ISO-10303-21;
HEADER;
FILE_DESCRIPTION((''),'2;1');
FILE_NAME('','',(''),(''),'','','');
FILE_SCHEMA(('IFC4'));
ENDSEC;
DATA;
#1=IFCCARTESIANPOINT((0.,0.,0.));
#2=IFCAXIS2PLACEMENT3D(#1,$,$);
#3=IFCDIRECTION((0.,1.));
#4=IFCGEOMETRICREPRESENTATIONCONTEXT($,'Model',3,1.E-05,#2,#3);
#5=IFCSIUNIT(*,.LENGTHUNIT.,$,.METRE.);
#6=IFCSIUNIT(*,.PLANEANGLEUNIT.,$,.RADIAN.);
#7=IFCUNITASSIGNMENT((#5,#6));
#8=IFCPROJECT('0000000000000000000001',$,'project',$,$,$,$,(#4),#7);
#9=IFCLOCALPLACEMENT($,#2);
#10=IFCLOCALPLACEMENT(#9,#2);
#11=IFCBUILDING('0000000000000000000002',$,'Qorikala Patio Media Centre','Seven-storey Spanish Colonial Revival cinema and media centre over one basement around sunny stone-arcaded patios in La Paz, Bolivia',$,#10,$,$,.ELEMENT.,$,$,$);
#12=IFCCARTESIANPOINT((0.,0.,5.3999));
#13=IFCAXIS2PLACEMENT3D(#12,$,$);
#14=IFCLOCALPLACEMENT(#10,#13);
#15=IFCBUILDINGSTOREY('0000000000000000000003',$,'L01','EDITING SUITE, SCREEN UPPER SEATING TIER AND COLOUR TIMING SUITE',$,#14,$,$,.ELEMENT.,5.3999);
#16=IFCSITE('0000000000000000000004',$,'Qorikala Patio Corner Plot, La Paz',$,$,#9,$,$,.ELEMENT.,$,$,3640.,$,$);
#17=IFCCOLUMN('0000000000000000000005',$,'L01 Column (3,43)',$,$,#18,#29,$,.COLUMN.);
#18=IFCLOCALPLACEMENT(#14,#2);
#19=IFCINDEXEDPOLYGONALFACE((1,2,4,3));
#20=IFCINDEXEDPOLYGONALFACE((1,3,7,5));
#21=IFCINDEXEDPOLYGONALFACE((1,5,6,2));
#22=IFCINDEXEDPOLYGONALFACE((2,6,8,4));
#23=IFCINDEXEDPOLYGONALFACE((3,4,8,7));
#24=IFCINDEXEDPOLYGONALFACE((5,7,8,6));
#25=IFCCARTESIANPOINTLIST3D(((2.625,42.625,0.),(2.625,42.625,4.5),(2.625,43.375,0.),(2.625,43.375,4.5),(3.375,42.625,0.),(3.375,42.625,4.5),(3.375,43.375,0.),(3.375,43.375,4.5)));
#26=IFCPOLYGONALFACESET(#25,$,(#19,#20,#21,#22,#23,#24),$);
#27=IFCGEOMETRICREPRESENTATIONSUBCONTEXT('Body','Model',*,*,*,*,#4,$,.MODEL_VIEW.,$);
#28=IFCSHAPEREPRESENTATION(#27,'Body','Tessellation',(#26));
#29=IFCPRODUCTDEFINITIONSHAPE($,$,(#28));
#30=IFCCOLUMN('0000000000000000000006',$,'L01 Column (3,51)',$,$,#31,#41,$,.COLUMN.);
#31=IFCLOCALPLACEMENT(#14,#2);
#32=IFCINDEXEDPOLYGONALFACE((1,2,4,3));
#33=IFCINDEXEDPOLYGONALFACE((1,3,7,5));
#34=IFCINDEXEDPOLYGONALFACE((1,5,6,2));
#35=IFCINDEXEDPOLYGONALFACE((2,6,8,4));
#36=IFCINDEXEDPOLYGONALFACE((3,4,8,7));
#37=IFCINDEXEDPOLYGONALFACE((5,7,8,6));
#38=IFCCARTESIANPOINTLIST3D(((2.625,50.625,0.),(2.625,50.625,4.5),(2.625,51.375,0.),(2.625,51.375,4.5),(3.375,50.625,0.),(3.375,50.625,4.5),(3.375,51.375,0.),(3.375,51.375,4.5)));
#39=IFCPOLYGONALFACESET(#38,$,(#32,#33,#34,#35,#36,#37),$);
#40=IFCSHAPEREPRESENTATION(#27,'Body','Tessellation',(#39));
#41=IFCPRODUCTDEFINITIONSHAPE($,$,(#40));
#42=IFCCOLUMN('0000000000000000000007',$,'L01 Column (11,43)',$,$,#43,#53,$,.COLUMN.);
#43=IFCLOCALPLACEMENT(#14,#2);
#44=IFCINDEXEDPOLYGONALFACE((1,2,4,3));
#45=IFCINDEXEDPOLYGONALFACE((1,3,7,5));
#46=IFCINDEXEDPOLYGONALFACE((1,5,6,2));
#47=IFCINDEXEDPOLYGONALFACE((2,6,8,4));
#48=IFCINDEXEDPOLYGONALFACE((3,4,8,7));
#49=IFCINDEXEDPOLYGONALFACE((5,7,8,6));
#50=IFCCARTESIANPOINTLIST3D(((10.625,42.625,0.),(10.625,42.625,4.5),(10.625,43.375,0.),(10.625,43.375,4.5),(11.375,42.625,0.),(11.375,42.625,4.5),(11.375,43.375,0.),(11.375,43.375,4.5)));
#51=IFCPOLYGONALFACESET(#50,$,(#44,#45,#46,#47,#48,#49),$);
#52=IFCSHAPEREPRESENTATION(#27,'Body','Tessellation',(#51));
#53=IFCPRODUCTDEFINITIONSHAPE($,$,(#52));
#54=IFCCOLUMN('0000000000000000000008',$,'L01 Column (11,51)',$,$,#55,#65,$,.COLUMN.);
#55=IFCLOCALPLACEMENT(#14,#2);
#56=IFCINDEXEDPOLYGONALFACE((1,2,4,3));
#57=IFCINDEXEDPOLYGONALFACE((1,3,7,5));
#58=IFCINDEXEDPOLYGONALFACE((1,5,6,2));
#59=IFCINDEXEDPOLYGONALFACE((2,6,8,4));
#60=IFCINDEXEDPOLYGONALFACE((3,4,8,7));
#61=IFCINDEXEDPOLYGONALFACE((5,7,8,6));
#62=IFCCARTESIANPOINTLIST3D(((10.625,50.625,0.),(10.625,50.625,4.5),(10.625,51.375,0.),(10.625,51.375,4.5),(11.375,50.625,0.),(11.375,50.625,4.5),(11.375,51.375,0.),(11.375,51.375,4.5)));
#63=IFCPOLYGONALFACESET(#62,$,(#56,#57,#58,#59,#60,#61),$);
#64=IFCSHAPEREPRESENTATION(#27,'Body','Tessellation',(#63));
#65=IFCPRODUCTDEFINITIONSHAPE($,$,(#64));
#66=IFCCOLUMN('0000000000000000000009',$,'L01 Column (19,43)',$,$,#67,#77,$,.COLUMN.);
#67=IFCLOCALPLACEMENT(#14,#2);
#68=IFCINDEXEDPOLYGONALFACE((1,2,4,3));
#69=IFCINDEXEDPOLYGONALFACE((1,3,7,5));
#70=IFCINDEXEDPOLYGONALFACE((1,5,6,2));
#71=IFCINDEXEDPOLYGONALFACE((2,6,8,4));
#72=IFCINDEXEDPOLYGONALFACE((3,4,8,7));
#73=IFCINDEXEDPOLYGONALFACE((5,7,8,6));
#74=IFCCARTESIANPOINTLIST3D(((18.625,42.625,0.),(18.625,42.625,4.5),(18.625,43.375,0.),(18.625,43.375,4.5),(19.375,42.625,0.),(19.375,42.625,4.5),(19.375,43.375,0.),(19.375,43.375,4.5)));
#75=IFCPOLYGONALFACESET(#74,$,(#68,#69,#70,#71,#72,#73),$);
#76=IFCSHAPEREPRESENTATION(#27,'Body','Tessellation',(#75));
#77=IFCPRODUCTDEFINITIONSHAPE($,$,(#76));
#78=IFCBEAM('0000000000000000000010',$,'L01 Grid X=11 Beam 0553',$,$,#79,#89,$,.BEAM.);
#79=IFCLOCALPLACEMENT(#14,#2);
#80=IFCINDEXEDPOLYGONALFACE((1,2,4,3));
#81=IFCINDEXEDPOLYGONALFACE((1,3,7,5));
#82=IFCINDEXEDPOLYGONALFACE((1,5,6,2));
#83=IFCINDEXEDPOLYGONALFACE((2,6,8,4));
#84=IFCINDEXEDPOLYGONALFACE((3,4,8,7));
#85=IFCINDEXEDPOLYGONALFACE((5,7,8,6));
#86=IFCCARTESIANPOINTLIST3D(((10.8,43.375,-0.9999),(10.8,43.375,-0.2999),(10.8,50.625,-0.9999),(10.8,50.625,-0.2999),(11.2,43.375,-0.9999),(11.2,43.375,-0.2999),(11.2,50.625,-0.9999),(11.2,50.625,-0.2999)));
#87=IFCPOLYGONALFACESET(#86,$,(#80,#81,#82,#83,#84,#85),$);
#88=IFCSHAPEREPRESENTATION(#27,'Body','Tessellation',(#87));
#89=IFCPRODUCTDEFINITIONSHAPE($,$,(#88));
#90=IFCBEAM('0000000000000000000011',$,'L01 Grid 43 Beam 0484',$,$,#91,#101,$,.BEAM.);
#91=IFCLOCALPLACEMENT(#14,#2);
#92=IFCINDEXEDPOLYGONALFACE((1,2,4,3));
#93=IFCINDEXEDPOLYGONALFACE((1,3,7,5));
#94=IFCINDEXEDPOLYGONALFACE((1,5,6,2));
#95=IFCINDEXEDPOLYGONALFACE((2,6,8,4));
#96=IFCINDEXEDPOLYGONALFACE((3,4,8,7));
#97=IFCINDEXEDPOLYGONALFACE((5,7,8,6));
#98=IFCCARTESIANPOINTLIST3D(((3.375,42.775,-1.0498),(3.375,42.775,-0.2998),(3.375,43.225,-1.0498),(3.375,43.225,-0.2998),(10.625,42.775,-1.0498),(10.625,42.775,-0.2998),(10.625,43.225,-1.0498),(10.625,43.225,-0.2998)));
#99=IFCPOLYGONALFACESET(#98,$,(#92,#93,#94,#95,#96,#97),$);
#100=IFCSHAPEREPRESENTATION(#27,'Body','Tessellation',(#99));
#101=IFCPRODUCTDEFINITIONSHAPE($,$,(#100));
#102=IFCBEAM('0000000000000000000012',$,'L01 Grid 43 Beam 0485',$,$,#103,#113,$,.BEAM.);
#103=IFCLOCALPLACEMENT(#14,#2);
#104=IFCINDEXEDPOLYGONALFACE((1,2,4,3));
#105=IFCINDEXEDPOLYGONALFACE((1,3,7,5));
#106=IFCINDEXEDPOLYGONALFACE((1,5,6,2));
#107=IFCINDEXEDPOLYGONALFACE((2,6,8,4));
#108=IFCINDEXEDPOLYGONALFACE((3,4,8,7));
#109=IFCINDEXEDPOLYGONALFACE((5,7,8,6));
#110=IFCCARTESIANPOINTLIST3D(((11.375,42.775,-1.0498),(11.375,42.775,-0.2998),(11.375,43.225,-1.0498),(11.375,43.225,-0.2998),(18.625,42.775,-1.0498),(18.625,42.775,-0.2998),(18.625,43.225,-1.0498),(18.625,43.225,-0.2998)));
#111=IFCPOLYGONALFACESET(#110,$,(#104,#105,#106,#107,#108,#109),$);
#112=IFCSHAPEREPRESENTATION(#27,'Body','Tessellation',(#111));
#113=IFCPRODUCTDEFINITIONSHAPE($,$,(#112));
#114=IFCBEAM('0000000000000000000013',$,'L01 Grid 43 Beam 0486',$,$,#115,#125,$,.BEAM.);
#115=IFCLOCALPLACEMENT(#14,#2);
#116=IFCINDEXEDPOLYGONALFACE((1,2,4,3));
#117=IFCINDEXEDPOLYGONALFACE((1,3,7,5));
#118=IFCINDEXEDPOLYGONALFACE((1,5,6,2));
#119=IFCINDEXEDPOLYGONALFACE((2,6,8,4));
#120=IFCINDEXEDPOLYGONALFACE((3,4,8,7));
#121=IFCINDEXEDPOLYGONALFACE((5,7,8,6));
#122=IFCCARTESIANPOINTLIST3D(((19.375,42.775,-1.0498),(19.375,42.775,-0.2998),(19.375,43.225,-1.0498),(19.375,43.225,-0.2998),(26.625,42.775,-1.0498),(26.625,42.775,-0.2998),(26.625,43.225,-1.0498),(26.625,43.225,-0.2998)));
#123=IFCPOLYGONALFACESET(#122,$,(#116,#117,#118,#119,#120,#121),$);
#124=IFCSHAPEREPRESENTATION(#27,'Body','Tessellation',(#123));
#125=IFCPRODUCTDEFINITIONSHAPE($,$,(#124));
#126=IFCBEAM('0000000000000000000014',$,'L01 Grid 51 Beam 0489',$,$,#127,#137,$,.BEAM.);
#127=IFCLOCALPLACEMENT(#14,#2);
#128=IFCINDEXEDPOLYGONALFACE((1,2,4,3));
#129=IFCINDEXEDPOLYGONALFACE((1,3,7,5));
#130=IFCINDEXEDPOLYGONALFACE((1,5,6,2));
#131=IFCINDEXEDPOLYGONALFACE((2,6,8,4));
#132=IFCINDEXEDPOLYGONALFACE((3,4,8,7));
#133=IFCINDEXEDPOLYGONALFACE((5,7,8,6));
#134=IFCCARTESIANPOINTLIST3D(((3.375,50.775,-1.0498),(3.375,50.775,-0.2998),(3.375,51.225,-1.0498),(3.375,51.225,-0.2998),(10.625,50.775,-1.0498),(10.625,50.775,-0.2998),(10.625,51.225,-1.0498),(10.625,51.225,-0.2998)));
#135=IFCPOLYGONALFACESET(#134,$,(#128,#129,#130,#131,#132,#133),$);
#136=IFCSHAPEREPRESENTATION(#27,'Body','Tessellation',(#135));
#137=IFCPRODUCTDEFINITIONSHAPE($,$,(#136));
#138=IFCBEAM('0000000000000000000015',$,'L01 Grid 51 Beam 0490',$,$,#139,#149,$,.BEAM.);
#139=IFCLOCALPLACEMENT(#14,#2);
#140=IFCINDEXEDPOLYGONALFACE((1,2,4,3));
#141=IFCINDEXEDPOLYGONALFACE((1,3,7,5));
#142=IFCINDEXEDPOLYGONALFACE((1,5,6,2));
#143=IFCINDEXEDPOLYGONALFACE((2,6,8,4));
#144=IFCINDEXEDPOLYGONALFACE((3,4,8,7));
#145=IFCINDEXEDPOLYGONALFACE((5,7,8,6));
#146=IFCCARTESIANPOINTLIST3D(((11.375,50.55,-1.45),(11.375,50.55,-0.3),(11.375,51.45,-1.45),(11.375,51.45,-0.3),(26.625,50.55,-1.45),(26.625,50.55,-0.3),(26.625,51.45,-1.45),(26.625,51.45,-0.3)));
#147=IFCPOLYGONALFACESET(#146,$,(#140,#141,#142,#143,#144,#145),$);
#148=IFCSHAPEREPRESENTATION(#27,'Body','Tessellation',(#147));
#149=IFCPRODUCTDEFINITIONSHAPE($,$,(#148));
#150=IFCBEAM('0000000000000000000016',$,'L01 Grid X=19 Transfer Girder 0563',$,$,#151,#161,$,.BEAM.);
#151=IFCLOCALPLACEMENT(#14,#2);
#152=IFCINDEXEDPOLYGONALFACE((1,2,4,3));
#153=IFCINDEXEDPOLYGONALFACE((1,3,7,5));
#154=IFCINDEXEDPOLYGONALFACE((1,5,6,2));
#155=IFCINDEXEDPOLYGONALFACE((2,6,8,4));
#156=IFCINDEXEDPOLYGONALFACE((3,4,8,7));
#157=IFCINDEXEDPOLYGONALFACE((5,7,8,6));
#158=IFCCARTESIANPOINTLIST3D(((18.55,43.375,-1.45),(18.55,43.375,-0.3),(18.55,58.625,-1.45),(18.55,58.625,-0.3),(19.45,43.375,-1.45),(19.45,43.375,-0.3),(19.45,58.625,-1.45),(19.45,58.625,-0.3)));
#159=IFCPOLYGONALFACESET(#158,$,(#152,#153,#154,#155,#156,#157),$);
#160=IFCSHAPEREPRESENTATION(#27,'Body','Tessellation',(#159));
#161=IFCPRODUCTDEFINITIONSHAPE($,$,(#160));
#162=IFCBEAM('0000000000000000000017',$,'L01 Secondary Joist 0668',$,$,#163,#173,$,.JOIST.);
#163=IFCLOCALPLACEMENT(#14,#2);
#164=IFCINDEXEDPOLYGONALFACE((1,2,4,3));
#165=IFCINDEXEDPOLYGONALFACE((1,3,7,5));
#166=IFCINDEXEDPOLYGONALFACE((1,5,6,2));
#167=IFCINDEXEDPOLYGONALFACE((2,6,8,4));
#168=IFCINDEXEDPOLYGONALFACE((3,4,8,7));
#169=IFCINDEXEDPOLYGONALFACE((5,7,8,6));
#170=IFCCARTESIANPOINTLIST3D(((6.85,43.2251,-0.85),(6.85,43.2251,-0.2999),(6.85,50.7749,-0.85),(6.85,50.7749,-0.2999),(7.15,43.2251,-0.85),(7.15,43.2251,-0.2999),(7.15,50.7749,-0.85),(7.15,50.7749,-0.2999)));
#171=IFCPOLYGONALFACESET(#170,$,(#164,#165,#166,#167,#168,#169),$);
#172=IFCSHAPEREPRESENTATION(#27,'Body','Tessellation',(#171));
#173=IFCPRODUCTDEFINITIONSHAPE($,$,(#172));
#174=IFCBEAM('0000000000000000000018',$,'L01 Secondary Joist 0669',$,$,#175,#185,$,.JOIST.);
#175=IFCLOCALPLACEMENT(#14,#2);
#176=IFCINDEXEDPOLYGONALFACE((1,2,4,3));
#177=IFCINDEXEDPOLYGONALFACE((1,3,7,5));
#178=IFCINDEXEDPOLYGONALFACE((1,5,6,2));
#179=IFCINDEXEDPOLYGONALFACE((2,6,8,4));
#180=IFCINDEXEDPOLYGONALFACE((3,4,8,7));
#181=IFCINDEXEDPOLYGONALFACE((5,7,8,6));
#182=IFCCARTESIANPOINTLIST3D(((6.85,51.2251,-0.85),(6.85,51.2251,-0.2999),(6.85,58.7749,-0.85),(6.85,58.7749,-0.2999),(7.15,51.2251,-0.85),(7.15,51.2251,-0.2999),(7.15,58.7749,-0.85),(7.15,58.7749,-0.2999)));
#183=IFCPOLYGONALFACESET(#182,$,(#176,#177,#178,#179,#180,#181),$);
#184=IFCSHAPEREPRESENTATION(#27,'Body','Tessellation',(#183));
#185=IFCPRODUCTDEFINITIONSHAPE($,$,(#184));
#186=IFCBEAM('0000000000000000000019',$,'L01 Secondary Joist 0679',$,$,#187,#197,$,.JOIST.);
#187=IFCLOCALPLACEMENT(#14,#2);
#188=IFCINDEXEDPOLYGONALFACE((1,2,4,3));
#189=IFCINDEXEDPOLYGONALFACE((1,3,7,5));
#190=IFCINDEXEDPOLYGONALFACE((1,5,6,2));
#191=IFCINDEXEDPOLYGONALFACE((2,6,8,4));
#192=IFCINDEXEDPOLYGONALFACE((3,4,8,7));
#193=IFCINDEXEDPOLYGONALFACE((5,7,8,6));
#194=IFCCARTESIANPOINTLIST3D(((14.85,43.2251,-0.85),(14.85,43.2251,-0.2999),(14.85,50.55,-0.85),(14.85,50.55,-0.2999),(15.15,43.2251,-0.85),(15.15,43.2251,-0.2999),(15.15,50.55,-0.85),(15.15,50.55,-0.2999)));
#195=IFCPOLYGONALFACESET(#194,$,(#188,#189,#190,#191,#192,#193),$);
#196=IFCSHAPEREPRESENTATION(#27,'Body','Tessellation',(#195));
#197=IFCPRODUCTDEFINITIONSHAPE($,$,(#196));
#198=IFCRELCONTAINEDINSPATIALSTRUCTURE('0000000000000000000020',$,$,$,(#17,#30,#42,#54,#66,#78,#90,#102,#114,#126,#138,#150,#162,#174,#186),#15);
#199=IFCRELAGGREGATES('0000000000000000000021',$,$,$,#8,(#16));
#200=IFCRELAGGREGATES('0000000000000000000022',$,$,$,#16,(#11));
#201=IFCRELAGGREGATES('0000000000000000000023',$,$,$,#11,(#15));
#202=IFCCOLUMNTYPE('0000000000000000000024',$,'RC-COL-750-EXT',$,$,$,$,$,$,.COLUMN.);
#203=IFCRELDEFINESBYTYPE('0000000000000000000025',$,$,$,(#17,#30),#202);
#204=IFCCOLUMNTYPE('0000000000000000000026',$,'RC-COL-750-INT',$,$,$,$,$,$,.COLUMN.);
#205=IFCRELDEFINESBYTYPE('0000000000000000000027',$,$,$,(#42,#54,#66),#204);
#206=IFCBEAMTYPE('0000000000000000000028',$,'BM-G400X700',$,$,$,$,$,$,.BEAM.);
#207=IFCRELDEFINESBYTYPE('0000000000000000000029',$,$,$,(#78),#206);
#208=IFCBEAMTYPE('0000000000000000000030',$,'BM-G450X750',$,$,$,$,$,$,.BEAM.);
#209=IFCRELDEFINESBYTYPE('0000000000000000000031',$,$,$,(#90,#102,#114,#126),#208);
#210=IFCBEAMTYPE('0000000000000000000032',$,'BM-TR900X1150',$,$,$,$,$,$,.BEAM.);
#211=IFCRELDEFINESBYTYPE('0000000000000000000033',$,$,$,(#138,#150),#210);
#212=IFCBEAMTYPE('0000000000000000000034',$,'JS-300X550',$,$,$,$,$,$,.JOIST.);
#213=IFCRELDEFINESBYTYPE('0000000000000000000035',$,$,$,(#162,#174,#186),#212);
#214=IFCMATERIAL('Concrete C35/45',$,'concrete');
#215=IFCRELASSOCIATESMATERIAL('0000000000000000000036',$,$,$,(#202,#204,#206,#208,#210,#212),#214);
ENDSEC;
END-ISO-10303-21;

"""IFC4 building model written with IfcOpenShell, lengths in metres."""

from ifc_helpers import new_model, si_unit, direction, frame, origin, origin_2d, place, context, subcontext, project, spatial, rectangle, extrude, material, material_profile, profile_set, type_object, element, save


model = new_model("IFC4")

# Units and contexts
model_context = context("Model", 3, precision=1e-05, world=origin(), true_north=direction((0.0, 1.0)))
body_context = subcontext(model_context, "Body", "Model", "MODEL_VIEW")
ifc_project = project(units=[si_unit("LENGTHUNIT", "METRE"), si_unit("PLANEANGLEUNIT", "RADIAN")], contexts=[model_context])

# Site, building, storey
site_placement = place(None, origin())
site = spatial("IfcSite", under=ifc_project, at=site_placement, Name="Qorikala Patio Corner Plot, La Paz", CompositionType="ELEMENT", RefElevation=3640.0)
building_placement = place(site_placement, origin())
building = spatial("IfcBuilding", under=site, at=building_placement, Name="Qorikala Patio Media Centre", Description="Seven-storey Spanish Colonial Revival cinema and media centre over one basement around sunny stone-arcaded patios in La Paz, Bolivia", CompositionType="ELEMENT")
storey_placement = place(building_placement, frame((0.0, 0.0, 5.3999)))
storey = spatial("IfcBuildingStorey", under=building, at=storey_placement, Name="L01", Description="EDITING SUITE, SCREEN UPPER SEATING TIER AND COLOUR TIMING SUITE", CompositionType="ELEMENT", Elevation=5.3999)

# Columns
ifc_material_1 = material(Name="Concrete C35/45", Category="concrete")
ifc_material_profile_1 = material_profile(ifc_material_1, rectangle(XDim=0.75, YDim=0.75, at=origin_2d()), Name="RC 750x750")
ifc_profile_set_1 = profile_set([ifc_material_profile_1], Name="Concrete C35/45")
column_type_1 = type_object("IfcColumnType", Name="RC-COL-750-EXT", PredefinedType="COLUMN", material=ifc_profile_set_1)
for number, where, z_axis, x_axis, name in (
    (1, (3.0, 43.0, 0.0), (0.0, 0.0, 1.0), (1.0, 0.0, 0.0), "L01 Column (3,43)"),
    (2, (3.0, 51.0, 0.0), (0.0, 0.0, 1.0), (1.0, 0.0, 0.0), "L01 Column (3,51)"),
):
    element("IfcColumn", number, at=place(storey_placement, frame(where, z_axis=z_axis, x_axis=x_axis)), inside=storey, type_object=column_type_1, Name=name, PredefinedType="COLUMN", context=body_context, shape_type="SweptSolid", body=[
        extrude(rectangle(XDim=0.75, YDim=0.75, at=origin_2d()), origin(), (0.0, 0.0, 1.0), 4.5),
    ])
ifc_material_profile_2 = material_profile(ifc_material_1, rectangle(XDim=0.75, YDim=0.75, at=origin_2d()), Name="RC 750x750")
ifc_profile_set_2 = profile_set([ifc_material_profile_2], Name="Concrete C35/45")
column_type_2 = type_object("IfcColumnType", Name="RC-COL-750-INT", PredefinedType="COLUMN", material=ifc_profile_set_2)
for number, where, z_axis, x_axis, name in (
    (3, (11.0, 43.0, 0.0), (0.0, 0.0, 1.0), (1.0, 0.0, 0.0), "L01 Column (11,43)"),
    (4, (11.0, 51.0, 0.0), (0.0, 0.0, 1.0), (1.0, 0.0, 0.0), "L01 Column (11,51)"),
    (5, (19.0, 43.0, 0.0), (0.0, 0.0, 1.0), (1.0, 0.0, 0.0), "L01 Column (19,43)"),
):
    element("IfcColumn", number, at=place(storey_placement, frame(where, z_axis=z_axis, x_axis=x_axis)), inside=storey, type_object=column_type_2, Name=name, PredefinedType="COLUMN", context=body_context, shape_type="SweptSolid", body=[
        extrude(rectangle(XDim=0.75, YDim=0.75, at=origin_2d()), origin(), (0.0, 0.0, 1.0), 4.5),
    ])

# Beams
ifc_material_profile_3 = material_profile(ifc_material_1, rectangle(XDim=0.3999, YDim=0.7, at=origin_2d()), Name="RC 400x700")
ifc_profile_set_3 = profile_set([ifc_material_profile_3], Name="Concrete C35/45")
beam_type_1 = type_object("IfcBeamType", Name="BM-G400X700", PredefinedType="BEAM", material=ifc_profile_set_3)
beam_1_placement = place(storey_placement, frame((11.0, 43.375, -0.6499), z_axis=(0.0, 1.0, 0.0), x_axis=(-1.0, 0.0, 0.0)))
element("IfcBeam", 6, at=beam_1_placement, inside=storey, type_object=beam_type_1, Name="L01 Grid X=11 Beam 0553", PredefinedType="BEAM", context=body_context, shape_type="SweptSolid", body=[
    extrude(rectangle(XDim=0.3999, YDim=0.7, at=origin_2d()), origin(), (0.0, 0.0, 1.0), 7.25),
])
ifc_material_profile_4 = material_profile(ifc_material_1, rectangle(XDim=0.45, YDim=0.75, at=origin_2d()), Name="RC 450x750")
ifc_profile_set_4 = profile_set([ifc_material_profile_4], Name="Concrete C35/45")
beam_type_2 = type_object("IfcBeamType", Name="BM-G450X750", PredefinedType="BEAM", material=ifc_profile_set_4)
for number, where, z_axis, x_axis, name in (
    (7, (3.375, 43.0, -0.6748), (1.0, 0.0, 0.0), (0.0, 1.0, 0.0), "L01 Grid 43 Beam 0484"),
    (8, (11.375, 43.0, -0.6748), (1.0, 0.0, 0.0), (0.0, 1.0, 0.0), "L01 Grid 43 Beam 0485"),
    (9, (19.375, 43.0, -0.6748), (1.0, 0.0, 0.0), (0.0, 1.0, 0.0), "L01 Grid 43 Beam 0486"),
    (10, (3.375, 51.0, -0.6748), (1.0, 0.0, 0.0), (0.0, 1.0, 0.0), "L01 Grid 51 Beam 0489"),
):
    element("IfcBeam", number, at=place(storey_placement, frame(where, z_axis=z_axis, x_axis=x_axis)), inside=storey, type_object=beam_type_2, Name=name, PredefinedType="BEAM", context=body_context, shape_type="SweptSolid", body=[
        extrude(rectangle(XDim=0.45, YDim=0.75, at=origin_2d()), origin(), (0.0, 0.0, 1.0), 7.25),
    ])
ifc_material_profile_5 = material_profile(ifc_material_1, rectangle(XDim=0.8999, YDim=1.1499, at=origin_2d()), Name="RC 900x1150")
ifc_profile_set_5 = profile_set([ifc_material_profile_5], Name="Concrete C35/45")
beam_type_3 = type_object("IfcBeamType", Name="BM-TR900X1150", PredefinedType="BEAM", material=ifc_profile_set_5)
for number, where, z_axis, x_axis, name in (
    (11, (11.375, 51.0, -0.875), (1.0, 0.0, 0.0), (0.0, 1.0, 0.0), "L01 Grid 51 Beam 0490"),
    (12, (19.0, 43.375, -0.875), (0.0, 1.0, 0.0), (-1.0, 0.0, 0.0), "L01 Grid X=19 Transfer Girder 0563"),
):
    element("IfcBeam", number, at=place(storey_placement, frame(where, z_axis=z_axis, x_axis=x_axis)), inside=storey, type_object=beam_type_3, Name=name, PredefinedType="BEAM", context=body_context, shape_type="SweptSolid", body=[
        extrude(rectangle(XDim=0.8999, YDim=1.1499, at=origin_2d()), origin(), (0.0, 0.0, 1.0), 15.25),
    ])
ifc_material_profile_6 = material_profile(ifc_material_1, rectangle(XDim=0.3, YDim=0.55, at=origin_2d()), Name="RC 300x550")
ifc_profile_set_6 = profile_set([ifc_material_profile_6], Name="Concrete C35/45")
beam_type_4 = type_object("IfcBeamType", Name="JS-300X550", PredefinedType="JOIST", material=ifc_profile_set_6)
for number, where, z_axis, x_axis, name in (
    (13, (7.0, 43.2251, -0.575), (0.0, 1.0, 0.0), (-1.0, 0.0, 0.0), "L01 Secondary Joist 0668"),
    (14, (7.0, 51.2251, -0.575), (0.0, 1.0, 0.0), (-1.0, 0.0, 0.0), "L01 Secondary Joist 0669"),
):
    element("IfcBeam", number, at=place(storey_placement, frame(where, z_axis=z_axis, x_axis=x_axis)), inside=storey, type_object=beam_type_4, Name=name, PredefinedType="JOIST", context=body_context, shape_type="SweptSolid", body=[
        extrude(rectangle(XDim=0.3, YDim=0.55, at=origin_2d()), origin(), (0.0, 0.0, 1.0), 7.5498),
    ])
beam_2_placement = place(storey_placement, frame((15.0, 43.2251, -0.575), z_axis=(0.0, 1.0, 0.0), x_axis=(-1.0, 0.0, 0.0)))
element("IfcBeam", 15, at=beam_2_placement, inside=storey, type_object=beam_type_4, Name="L01 Secondary Joist 0679", PredefinedType="JOIST", context=body_context, shape_type="SweptSolid", body=[
    extrude(rectangle(XDim=0.3, YDim=0.55, at=origin_2d()), origin(), (0.0, 0.0, 1.0), 7.325),
])

save(model, "model.ifc")
